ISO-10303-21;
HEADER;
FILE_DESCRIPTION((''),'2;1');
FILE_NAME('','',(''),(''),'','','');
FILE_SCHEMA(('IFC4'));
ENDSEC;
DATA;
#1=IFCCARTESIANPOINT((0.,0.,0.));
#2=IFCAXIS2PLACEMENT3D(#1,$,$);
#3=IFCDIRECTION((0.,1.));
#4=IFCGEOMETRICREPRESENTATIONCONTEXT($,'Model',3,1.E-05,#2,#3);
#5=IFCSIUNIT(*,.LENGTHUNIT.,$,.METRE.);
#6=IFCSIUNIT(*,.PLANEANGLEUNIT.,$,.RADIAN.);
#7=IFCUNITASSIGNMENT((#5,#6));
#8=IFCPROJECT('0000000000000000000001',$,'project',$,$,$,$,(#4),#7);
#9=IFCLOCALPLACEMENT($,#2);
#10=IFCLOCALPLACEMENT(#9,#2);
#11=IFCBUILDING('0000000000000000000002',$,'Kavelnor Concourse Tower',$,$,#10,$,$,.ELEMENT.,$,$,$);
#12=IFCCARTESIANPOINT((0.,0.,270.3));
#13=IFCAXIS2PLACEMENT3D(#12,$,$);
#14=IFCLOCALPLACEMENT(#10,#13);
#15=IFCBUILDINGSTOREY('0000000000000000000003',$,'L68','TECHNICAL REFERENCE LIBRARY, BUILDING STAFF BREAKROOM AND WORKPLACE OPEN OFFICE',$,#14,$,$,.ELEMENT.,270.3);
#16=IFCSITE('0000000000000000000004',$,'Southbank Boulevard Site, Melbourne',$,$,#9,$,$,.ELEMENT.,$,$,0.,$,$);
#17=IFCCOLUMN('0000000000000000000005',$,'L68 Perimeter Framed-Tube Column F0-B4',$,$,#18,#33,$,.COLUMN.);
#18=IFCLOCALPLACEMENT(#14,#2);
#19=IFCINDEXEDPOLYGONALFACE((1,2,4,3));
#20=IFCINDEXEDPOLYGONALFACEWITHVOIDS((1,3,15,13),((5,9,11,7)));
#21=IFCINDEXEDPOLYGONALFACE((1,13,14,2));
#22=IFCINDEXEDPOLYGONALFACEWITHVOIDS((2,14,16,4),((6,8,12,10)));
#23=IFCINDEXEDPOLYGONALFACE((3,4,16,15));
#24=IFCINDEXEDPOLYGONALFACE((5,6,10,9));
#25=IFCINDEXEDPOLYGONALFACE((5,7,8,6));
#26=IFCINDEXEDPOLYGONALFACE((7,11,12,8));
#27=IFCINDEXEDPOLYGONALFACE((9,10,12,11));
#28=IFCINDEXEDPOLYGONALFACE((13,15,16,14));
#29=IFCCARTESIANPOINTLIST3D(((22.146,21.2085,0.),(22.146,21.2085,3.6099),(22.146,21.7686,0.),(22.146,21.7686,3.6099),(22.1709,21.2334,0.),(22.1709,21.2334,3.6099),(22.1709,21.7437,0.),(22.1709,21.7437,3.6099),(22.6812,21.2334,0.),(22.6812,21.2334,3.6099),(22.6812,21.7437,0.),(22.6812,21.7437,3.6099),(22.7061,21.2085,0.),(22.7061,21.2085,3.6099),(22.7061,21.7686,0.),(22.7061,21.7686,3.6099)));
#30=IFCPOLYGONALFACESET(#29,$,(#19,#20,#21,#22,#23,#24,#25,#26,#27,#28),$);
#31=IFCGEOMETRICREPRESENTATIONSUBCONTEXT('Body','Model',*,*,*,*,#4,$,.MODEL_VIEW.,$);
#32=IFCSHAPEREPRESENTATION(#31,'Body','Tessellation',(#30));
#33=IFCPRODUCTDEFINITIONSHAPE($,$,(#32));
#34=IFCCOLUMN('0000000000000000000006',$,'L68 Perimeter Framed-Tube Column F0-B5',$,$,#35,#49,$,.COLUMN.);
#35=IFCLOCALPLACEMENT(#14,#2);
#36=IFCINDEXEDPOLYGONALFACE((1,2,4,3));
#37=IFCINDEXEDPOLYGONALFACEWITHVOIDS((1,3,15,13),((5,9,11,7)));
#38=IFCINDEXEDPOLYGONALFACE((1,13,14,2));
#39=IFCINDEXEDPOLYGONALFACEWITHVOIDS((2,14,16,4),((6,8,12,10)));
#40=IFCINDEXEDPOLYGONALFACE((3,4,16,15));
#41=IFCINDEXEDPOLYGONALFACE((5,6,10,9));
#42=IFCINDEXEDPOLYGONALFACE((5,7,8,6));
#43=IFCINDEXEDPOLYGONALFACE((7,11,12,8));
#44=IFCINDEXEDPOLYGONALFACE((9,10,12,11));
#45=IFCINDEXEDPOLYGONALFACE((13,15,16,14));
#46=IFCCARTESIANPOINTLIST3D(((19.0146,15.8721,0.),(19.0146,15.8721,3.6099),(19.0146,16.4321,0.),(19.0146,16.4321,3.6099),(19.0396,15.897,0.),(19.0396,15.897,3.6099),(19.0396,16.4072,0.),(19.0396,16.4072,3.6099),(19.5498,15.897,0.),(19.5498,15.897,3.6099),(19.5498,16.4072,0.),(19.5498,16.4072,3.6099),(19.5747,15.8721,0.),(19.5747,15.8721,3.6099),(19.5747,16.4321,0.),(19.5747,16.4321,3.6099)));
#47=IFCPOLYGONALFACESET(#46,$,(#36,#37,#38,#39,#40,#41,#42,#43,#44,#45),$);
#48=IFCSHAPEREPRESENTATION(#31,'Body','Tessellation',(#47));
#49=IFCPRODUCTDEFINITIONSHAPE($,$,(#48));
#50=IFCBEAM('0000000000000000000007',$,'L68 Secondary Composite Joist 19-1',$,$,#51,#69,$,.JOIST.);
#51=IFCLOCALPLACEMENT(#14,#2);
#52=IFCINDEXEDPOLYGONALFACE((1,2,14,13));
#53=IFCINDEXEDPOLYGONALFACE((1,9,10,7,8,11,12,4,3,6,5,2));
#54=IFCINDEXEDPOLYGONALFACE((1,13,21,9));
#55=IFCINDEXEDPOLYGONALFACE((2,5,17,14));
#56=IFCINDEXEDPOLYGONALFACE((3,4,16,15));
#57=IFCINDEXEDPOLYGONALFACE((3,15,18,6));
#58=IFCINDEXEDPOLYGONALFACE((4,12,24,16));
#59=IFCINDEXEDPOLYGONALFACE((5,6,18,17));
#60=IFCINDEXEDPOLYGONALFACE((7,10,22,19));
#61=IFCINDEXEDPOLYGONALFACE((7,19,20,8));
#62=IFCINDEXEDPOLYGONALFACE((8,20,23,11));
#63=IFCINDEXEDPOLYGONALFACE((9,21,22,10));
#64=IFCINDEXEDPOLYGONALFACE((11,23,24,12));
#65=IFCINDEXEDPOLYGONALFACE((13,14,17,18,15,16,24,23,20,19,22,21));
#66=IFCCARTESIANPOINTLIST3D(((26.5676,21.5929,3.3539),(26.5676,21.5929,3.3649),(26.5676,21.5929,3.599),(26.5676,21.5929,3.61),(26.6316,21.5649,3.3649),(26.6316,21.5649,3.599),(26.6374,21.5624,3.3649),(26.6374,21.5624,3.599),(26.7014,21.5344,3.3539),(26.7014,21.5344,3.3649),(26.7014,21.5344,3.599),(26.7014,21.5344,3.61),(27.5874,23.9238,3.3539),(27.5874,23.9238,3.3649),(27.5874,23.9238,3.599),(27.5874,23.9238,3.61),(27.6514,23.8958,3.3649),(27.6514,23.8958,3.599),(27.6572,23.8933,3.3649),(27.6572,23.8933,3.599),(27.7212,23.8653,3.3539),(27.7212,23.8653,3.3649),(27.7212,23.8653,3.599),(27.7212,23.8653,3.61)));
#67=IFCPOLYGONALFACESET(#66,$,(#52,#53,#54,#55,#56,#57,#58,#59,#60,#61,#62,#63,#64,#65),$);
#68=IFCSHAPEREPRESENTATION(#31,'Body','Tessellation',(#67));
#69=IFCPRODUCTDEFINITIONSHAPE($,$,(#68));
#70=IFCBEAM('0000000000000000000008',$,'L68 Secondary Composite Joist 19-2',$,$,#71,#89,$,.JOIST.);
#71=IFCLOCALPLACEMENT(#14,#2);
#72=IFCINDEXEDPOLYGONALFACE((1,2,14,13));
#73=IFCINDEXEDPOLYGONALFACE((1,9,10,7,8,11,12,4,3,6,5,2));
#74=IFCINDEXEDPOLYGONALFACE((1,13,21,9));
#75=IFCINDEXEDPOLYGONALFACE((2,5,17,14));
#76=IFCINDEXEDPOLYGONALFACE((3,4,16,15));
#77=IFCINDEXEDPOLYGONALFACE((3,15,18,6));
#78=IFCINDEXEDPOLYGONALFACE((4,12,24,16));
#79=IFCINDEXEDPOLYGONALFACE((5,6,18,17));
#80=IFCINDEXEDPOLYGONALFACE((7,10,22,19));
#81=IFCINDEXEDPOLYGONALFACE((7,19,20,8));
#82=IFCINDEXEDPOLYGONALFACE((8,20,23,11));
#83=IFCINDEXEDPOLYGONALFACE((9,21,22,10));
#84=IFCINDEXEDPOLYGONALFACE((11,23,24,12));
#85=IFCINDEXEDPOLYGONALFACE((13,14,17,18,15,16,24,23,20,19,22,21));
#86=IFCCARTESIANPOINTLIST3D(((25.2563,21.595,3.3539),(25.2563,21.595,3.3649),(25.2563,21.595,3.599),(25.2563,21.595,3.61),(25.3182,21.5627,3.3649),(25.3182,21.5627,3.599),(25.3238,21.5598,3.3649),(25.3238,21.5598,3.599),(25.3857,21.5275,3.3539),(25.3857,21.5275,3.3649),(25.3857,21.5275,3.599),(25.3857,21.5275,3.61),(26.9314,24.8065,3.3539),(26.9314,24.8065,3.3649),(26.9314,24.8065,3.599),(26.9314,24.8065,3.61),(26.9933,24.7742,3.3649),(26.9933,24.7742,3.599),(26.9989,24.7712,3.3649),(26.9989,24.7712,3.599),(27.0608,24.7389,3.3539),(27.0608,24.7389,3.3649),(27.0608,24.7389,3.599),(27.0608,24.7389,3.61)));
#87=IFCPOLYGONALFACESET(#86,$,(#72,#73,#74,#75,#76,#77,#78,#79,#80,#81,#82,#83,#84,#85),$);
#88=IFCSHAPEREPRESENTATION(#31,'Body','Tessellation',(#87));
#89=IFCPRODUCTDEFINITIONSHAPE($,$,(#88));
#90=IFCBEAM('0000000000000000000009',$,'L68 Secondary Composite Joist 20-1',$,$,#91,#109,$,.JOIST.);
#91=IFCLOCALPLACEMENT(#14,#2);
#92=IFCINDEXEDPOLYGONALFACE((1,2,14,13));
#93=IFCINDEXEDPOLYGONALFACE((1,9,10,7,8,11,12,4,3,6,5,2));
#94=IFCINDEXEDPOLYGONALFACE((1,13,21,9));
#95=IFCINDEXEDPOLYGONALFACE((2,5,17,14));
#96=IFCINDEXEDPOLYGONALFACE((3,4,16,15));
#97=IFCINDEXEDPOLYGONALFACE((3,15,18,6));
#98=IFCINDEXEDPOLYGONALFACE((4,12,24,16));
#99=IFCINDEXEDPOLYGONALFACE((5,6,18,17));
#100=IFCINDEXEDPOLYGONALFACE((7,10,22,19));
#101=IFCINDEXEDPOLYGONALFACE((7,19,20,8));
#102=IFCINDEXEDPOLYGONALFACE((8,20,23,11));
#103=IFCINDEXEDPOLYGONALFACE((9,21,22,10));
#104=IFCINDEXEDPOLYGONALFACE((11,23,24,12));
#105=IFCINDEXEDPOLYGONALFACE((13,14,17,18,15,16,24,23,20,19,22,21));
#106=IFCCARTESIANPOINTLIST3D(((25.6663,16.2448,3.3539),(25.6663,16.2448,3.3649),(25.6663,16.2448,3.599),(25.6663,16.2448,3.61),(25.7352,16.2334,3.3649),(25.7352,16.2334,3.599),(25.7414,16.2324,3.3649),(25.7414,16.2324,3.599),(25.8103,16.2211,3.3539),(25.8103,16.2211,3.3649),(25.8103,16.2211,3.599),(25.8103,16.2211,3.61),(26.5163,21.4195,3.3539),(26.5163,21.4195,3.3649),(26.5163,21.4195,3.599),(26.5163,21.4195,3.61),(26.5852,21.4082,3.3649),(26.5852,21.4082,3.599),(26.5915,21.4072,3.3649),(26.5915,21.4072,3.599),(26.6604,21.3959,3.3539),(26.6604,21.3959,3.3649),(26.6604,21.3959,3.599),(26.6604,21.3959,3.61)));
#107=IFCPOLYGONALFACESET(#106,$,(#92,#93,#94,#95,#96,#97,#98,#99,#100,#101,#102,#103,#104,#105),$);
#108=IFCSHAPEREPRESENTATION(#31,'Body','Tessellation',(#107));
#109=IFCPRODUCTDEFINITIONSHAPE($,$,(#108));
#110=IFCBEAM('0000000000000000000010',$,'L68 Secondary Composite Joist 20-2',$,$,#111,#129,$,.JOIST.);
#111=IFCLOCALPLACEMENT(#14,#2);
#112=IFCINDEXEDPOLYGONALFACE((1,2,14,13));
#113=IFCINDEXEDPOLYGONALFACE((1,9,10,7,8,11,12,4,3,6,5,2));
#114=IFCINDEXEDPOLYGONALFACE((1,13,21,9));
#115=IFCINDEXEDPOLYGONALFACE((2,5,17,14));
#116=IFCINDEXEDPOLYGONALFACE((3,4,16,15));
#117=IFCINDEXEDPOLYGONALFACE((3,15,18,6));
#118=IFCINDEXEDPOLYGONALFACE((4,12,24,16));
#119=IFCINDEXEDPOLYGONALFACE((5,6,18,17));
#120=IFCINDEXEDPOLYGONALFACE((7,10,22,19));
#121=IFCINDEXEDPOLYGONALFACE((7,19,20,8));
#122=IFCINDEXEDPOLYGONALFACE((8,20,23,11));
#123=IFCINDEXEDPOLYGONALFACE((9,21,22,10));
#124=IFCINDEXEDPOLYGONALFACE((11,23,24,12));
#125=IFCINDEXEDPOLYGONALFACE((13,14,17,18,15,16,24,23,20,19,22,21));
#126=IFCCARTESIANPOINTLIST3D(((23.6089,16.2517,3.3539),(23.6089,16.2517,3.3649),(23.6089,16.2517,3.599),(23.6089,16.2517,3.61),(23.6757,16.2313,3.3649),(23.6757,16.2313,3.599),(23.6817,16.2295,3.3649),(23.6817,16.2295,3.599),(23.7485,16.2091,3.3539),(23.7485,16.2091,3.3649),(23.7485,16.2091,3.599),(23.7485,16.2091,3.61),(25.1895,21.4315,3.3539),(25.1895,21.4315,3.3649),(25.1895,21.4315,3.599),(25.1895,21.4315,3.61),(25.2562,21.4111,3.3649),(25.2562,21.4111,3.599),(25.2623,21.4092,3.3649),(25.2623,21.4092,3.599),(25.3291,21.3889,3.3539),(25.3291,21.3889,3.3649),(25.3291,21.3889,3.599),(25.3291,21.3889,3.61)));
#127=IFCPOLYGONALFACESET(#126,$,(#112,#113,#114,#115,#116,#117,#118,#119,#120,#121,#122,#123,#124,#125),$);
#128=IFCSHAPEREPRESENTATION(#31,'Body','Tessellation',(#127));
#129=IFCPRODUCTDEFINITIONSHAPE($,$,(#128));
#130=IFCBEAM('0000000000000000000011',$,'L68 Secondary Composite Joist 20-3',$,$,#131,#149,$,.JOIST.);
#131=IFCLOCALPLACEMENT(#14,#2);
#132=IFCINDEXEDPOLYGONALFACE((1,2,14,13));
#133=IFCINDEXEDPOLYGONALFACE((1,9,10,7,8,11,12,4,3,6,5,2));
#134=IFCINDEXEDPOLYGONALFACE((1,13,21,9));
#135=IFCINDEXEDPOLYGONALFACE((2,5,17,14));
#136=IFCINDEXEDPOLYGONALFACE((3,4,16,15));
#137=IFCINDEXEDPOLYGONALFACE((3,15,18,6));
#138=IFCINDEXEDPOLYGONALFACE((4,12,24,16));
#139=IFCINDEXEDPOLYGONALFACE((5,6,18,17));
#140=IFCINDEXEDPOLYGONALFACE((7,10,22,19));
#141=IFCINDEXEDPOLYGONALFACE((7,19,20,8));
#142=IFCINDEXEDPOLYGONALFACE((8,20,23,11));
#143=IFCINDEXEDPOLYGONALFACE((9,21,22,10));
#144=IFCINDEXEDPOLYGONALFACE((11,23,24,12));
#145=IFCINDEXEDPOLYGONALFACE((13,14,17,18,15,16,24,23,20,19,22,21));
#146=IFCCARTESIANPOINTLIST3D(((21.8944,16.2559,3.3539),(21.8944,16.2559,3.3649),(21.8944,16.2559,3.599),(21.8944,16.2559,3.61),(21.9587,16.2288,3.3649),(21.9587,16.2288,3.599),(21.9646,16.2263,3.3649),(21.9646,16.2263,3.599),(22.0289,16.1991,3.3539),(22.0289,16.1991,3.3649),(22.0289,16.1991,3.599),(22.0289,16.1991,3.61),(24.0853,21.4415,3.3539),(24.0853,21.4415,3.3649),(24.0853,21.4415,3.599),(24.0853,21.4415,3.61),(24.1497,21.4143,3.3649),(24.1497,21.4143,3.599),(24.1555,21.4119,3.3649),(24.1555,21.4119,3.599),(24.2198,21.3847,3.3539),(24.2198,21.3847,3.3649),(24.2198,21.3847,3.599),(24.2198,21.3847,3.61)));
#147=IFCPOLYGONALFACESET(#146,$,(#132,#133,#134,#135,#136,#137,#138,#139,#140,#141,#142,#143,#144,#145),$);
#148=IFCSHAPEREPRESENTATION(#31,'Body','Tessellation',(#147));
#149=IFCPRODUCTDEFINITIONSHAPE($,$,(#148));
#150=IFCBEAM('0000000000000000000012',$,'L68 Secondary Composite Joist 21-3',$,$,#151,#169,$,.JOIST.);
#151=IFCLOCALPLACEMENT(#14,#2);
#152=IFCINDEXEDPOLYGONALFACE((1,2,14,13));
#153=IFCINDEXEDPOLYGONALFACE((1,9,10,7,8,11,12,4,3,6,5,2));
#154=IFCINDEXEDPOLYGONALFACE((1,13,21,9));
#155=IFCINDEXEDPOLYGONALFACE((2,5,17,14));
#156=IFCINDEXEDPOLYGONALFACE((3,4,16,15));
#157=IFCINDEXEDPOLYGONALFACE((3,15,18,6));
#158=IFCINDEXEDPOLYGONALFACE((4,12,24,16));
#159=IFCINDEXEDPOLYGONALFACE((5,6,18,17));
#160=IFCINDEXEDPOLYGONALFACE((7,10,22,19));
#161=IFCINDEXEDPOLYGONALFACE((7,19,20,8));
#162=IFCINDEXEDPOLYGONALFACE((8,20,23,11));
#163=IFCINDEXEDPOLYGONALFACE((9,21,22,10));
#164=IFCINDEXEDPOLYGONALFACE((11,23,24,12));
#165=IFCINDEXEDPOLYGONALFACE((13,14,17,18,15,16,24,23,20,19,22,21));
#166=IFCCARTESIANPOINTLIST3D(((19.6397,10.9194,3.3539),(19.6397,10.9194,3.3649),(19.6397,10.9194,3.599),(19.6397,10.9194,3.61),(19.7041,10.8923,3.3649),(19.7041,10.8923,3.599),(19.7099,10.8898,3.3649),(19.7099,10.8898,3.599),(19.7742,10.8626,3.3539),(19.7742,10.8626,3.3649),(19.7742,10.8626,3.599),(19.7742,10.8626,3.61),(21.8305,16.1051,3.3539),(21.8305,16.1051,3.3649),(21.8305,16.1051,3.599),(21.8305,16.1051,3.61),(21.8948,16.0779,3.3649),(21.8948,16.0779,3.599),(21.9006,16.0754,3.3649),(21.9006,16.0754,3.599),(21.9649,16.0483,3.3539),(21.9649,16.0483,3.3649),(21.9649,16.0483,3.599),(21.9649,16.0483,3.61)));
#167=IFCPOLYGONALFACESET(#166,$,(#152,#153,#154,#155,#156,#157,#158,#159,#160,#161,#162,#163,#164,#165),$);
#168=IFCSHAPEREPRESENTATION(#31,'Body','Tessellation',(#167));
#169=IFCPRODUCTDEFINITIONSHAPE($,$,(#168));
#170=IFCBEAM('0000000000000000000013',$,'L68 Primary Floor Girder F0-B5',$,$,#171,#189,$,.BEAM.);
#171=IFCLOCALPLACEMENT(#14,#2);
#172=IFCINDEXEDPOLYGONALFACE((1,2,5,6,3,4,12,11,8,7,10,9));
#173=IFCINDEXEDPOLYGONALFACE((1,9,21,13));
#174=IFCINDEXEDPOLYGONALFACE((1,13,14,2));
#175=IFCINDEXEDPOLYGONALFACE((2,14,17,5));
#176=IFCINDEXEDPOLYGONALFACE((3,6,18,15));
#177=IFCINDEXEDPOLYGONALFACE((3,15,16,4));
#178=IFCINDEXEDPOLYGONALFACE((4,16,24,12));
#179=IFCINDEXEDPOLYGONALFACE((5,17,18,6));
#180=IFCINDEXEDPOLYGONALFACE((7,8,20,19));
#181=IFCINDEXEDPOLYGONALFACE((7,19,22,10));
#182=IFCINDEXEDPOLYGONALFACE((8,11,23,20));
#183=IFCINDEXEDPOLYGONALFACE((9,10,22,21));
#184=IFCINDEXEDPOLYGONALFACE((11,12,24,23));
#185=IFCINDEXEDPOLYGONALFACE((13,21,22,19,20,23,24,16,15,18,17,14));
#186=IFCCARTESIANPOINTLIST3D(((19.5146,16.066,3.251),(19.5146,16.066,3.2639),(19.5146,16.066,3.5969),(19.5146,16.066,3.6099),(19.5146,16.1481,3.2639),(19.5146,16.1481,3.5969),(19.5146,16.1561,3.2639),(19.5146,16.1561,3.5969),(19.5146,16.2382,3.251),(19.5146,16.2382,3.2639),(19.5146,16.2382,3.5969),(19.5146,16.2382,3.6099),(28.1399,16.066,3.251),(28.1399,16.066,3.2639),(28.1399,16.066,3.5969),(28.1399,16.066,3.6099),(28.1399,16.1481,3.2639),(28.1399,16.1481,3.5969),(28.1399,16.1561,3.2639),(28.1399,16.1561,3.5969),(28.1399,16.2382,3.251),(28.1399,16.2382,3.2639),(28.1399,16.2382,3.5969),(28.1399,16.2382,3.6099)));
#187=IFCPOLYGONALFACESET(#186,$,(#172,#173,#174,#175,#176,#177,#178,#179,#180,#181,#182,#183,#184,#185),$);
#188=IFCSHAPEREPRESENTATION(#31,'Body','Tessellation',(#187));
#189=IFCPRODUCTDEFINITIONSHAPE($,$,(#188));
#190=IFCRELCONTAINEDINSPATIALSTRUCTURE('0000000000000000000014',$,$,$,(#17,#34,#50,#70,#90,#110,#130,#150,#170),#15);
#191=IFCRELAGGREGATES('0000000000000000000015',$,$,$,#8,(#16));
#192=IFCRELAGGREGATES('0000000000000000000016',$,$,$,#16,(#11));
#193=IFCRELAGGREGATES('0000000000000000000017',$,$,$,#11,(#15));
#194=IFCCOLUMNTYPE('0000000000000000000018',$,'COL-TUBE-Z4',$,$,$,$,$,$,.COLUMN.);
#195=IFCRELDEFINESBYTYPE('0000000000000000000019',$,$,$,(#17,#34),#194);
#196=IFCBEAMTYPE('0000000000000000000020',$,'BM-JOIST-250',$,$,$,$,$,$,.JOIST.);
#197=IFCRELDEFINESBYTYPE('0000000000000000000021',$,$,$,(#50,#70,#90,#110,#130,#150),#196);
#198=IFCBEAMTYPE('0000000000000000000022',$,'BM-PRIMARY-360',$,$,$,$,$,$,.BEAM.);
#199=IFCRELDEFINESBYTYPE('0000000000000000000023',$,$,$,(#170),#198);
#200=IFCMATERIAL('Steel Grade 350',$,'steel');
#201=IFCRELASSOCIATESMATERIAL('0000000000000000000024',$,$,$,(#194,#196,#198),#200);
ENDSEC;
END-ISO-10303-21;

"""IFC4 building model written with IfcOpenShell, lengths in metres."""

from ifc_helpers import new_model, si_unit, direction, frame, origin, origin_2d, place, context, subcontext, project, spatial, hollow_rectangle, i_section, extrude, material, material_profile, profile_set, type_object, element, save


model = new_model("IFC4")

# Units and contexts
model_context = context("Model", 3, precision=1e-05, world=origin(), true_north=direction((0.0, 1.0)))
body_context = subcontext(model_context, "Body", "Model", "MODEL_VIEW")
ifc_project = project(units=[si_unit("LENGTHUNIT", "METRE"), si_unit("PLANEANGLEUNIT", "RADIAN")], contexts=[model_context])

# Site, building, storey
site_placement = place(None, origin())
site = spatial("IfcSite", under=ifc_project, at=site_placement, Name="Southbank Boulevard Site, Melbourne", CompositionType="ELEMENT", RefElevation=0.0)
building_placement = place(site_placement, origin())
building = spatial("IfcBuilding", under=site, at=building_placement, Name="Kavelnor Concourse Tower", CompositionType="ELEMENT")
storey_placement = place(building_placement, frame((0.0, 0.0, 270.3)))
storey = spatial("IfcBuildingStorey", under=building, at=storey_placement, Name="L68", Description="TECHNICAL REFERENCE LIBRARY, BUILDING STAFF BREAKROOM AND WORKPLACE OPEN OFFICE", CompositionType="ELEMENT", Elevation=270.3)

# Columns
ifc_material_1 = material(Name="Steel Grade 350", Category="steel")
ifc_material_profile_1 = material_profile(ifc_material_1, hollow_rectangle(XDim=0.5601, YDim=0.5601, WallThickness=0.0249, at=origin_2d()), Name="SHS 560x560x25")
ifc_profile_set_1 = profile_set([ifc_material_profile_1], Name="Steel Grade 350")
column_type = type_object("IfcColumnType", Name="COL-TUBE-Z4", PredefinedType="COLUMN", material=ifc_profile_set_1)
for number, where, z_axis, x_axis, name in (
    (1, (22.426, 21.4885, 0.0), (0.0, 0.0, 1.0), (1.0, 0.0, 0.0), "L68 Perimeter Framed-Tube Column F0-B4"),
    (2, (19.2947, 16.1521, 0.0), (0.0, 0.0, 1.0), (1.0, 0.0, 0.0), "L68 Perimeter Framed-Tube Column F0-B5"),
):
    element("IfcColumn", number, at=place(storey_placement, frame(where, z_axis=z_axis, x_axis=x_axis)), inside=storey, type_object=column_type, Name=name, PredefinedType="COLUMN", context=body_context, shape_type="SweptSolid", body=[
        extrude(hollow_rectangle(XDim=0.5601, YDim=0.5601, WallThickness=0.0249, at=origin_2d()), origin(), (0.0, 0.0, 1.0), 3.6099),
    ])

# Beams
ifc_material_profile_2 = material_profile(ifc_material_1, i_section(OverallWidth=0.146, OverallDepth=0.2561, WebThickness=0.0063, FlangeThickness=0.011, at=origin_2d()), Name="250UB37")
ifc_profile_set_2 = profile_set([ifc_material_profile_2], Name="Steel Grade 350")
beam_type_1 = type_object("IfcBeamType", Name="BM-JOIST-250", PredefinedType="JOIST", material=ifc_profile_set_2)
beam_1_placement = place(storey_placement, frame((27.6543, 23.8945, 3.4819), z_axis=(-0.400834, -0.916151, 0.0), x_axis=(0.916151, -0.400834, 0.0)))
element("IfcBeam", 3, at=beam_1_placement, inside=storey, type_object=beam_type_1, Name="L68 Secondary Composite Joist 19-1", PredefinedType="JOIST", context=body_context, shape_type="SweptSolid", body=[
    extrude(i_section(OverallWidth=0.146, OverallDepth=0.2561, WebThickness=0.0063, FlangeThickness=0.011, at=origin_2d()), origin(), (0.0, 0.0, 1.0), 2.5442),
])
beam_2_placement = place(storey_placement, frame((26.9961, 24.7727, 3.4819), z_axis=(-0.462462, -0.886639, 0.0), x_axis=(0.886639, -0.462462, 0.0)))
element("IfcBeam", 4, at=beam_2_placement, inside=storey, type_object=beam_type_1, Name="L68 Secondary Composite Joist 19-2", PredefinedType="JOIST", context=body_context, shape_type="SweptSolid", body=[
    extrude(i_section(OverallWidth=0.146, OverallDepth=0.2561, WebThickness=0.0063, FlangeThickness=0.011, at=origin_2d()), origin(), (0.0, 0.0, 1.0), 3.6221),
])
beam_3_placement = place(storey_placement, frame((26.5884, 21.4077, 3.4819), z_axis=(-0.162104, -0.986774, 0.0), x_axis=(0.986774, -0.162104, 0.0)))
element("IfcBeam", 5, at=beam_3_placement, inside=storey, type_object=beam_type_1, Name="L68 Secondary Composite Joist 20-1", PredefinedType="JOIST", context=body_context, shape_type="SweptSolid", body=[
    extrude(i_section(OverallWidth=0.146, OverallDepth=0.2561, WebThickness=0.0063, FlangeThickness=0.011, at=origin_2d()), origin(), (0.0, 0.0, 1.0), 5.2441),
])
beam_4_placement = place(storey_placement, frame((25.2593, 21.4102, 3.4819), z_axis=(-0.291861, -0.956461, 0.0), x_axis=(0.956461, -0.291861, 0.0)))
element("IfcBeam", 6, at=beam_4_placement, inside=storey, type_object=beam_type_1, Name="L68 Secondary Composite Joist 20-2", PredefinedType="JOIST", context=body_context, shape_type="SweptSolid", body=[
    extrude(i_section(OverallWidth=0.146, OverallDepth=0.2561, WebThickness=0.0063, FlangeThickness=0.011, at=origin_2d()), origin(), (0.0, 0.0, 1.0), 5.4155),
])
for number, where, z_axis, x_axis, name in (
    (7, (24.1526, 21.4131, 3.4819), (-0.389193, -0.921156, 0.0), (0.921156, -0.389193, 0.0), "L68 Secondary Composite Joist 20-3"),
    (8, (21.8977, 16.0767, 3.4819), (-0.389156, -0.921172, 0.0), (0.921172, -0.389156, 0.0), "L68 Secondary Composite Joist 21-3"),
):
    element("IfcBeam", number, at=place(storey_placement, frame(where, z_axis=z_axis, x_axis=x_axis)), inside=storey, type_object=beam_type_1, Name=name, PredefinedType="JOIST", context=body_context, shape_type="SweptSolid", body=[
        extrude(i_section(OverallWidth=0.146, OverallDepth=0.2561, WebThickness=0.0063, FlangeThickness=0.011, at=origin_2d()), origin(), (0.0, 0.0, 1.0), 5.6294),
    ])
ifc_material_profile_3 = material_profile(ifc_material_1, i_section(OverallWidth=0.1721, OverallDepth=0.3589, WebThickness=0.0081, FlangeThickness=0.0129, at=origin_2d()), Name="360UB56")
ifc_profile_set_3 = profile_set([ifc_material_profile_3], Name="Steel Grade 350")
beam_type_2 = type_object("IfcBeamType", Name="BM-PRIMARY-360", PredefinedType="BEAM", material=ifc_profile_set_3)
beam_5_placement = place(storey_placement, frame((28.1399, 16.1521, 3.4304), z_axis=(-1.0, 0.0, 0.0), x_axis=(0.0, -1.0, 0.0)))
element("IfcBeam", 9, at=beam_5_placement, inside=storey, type_object=beam_type_2, Name="L68 Primary Floor Girder F0-B5", PredefinedType="BEAM", context=body_context, shape_type="SweptSolid", body=[
    extrude(i_section(OverallWidth=0.1721, OverallDepth=0.3589, WebThickness=0.0081, FlangeThickness=0.0129, at=origin_2d()), origin(), (0.0, 0.0, 1.0), 8.6252),
])

save(model, "model.ifc")
